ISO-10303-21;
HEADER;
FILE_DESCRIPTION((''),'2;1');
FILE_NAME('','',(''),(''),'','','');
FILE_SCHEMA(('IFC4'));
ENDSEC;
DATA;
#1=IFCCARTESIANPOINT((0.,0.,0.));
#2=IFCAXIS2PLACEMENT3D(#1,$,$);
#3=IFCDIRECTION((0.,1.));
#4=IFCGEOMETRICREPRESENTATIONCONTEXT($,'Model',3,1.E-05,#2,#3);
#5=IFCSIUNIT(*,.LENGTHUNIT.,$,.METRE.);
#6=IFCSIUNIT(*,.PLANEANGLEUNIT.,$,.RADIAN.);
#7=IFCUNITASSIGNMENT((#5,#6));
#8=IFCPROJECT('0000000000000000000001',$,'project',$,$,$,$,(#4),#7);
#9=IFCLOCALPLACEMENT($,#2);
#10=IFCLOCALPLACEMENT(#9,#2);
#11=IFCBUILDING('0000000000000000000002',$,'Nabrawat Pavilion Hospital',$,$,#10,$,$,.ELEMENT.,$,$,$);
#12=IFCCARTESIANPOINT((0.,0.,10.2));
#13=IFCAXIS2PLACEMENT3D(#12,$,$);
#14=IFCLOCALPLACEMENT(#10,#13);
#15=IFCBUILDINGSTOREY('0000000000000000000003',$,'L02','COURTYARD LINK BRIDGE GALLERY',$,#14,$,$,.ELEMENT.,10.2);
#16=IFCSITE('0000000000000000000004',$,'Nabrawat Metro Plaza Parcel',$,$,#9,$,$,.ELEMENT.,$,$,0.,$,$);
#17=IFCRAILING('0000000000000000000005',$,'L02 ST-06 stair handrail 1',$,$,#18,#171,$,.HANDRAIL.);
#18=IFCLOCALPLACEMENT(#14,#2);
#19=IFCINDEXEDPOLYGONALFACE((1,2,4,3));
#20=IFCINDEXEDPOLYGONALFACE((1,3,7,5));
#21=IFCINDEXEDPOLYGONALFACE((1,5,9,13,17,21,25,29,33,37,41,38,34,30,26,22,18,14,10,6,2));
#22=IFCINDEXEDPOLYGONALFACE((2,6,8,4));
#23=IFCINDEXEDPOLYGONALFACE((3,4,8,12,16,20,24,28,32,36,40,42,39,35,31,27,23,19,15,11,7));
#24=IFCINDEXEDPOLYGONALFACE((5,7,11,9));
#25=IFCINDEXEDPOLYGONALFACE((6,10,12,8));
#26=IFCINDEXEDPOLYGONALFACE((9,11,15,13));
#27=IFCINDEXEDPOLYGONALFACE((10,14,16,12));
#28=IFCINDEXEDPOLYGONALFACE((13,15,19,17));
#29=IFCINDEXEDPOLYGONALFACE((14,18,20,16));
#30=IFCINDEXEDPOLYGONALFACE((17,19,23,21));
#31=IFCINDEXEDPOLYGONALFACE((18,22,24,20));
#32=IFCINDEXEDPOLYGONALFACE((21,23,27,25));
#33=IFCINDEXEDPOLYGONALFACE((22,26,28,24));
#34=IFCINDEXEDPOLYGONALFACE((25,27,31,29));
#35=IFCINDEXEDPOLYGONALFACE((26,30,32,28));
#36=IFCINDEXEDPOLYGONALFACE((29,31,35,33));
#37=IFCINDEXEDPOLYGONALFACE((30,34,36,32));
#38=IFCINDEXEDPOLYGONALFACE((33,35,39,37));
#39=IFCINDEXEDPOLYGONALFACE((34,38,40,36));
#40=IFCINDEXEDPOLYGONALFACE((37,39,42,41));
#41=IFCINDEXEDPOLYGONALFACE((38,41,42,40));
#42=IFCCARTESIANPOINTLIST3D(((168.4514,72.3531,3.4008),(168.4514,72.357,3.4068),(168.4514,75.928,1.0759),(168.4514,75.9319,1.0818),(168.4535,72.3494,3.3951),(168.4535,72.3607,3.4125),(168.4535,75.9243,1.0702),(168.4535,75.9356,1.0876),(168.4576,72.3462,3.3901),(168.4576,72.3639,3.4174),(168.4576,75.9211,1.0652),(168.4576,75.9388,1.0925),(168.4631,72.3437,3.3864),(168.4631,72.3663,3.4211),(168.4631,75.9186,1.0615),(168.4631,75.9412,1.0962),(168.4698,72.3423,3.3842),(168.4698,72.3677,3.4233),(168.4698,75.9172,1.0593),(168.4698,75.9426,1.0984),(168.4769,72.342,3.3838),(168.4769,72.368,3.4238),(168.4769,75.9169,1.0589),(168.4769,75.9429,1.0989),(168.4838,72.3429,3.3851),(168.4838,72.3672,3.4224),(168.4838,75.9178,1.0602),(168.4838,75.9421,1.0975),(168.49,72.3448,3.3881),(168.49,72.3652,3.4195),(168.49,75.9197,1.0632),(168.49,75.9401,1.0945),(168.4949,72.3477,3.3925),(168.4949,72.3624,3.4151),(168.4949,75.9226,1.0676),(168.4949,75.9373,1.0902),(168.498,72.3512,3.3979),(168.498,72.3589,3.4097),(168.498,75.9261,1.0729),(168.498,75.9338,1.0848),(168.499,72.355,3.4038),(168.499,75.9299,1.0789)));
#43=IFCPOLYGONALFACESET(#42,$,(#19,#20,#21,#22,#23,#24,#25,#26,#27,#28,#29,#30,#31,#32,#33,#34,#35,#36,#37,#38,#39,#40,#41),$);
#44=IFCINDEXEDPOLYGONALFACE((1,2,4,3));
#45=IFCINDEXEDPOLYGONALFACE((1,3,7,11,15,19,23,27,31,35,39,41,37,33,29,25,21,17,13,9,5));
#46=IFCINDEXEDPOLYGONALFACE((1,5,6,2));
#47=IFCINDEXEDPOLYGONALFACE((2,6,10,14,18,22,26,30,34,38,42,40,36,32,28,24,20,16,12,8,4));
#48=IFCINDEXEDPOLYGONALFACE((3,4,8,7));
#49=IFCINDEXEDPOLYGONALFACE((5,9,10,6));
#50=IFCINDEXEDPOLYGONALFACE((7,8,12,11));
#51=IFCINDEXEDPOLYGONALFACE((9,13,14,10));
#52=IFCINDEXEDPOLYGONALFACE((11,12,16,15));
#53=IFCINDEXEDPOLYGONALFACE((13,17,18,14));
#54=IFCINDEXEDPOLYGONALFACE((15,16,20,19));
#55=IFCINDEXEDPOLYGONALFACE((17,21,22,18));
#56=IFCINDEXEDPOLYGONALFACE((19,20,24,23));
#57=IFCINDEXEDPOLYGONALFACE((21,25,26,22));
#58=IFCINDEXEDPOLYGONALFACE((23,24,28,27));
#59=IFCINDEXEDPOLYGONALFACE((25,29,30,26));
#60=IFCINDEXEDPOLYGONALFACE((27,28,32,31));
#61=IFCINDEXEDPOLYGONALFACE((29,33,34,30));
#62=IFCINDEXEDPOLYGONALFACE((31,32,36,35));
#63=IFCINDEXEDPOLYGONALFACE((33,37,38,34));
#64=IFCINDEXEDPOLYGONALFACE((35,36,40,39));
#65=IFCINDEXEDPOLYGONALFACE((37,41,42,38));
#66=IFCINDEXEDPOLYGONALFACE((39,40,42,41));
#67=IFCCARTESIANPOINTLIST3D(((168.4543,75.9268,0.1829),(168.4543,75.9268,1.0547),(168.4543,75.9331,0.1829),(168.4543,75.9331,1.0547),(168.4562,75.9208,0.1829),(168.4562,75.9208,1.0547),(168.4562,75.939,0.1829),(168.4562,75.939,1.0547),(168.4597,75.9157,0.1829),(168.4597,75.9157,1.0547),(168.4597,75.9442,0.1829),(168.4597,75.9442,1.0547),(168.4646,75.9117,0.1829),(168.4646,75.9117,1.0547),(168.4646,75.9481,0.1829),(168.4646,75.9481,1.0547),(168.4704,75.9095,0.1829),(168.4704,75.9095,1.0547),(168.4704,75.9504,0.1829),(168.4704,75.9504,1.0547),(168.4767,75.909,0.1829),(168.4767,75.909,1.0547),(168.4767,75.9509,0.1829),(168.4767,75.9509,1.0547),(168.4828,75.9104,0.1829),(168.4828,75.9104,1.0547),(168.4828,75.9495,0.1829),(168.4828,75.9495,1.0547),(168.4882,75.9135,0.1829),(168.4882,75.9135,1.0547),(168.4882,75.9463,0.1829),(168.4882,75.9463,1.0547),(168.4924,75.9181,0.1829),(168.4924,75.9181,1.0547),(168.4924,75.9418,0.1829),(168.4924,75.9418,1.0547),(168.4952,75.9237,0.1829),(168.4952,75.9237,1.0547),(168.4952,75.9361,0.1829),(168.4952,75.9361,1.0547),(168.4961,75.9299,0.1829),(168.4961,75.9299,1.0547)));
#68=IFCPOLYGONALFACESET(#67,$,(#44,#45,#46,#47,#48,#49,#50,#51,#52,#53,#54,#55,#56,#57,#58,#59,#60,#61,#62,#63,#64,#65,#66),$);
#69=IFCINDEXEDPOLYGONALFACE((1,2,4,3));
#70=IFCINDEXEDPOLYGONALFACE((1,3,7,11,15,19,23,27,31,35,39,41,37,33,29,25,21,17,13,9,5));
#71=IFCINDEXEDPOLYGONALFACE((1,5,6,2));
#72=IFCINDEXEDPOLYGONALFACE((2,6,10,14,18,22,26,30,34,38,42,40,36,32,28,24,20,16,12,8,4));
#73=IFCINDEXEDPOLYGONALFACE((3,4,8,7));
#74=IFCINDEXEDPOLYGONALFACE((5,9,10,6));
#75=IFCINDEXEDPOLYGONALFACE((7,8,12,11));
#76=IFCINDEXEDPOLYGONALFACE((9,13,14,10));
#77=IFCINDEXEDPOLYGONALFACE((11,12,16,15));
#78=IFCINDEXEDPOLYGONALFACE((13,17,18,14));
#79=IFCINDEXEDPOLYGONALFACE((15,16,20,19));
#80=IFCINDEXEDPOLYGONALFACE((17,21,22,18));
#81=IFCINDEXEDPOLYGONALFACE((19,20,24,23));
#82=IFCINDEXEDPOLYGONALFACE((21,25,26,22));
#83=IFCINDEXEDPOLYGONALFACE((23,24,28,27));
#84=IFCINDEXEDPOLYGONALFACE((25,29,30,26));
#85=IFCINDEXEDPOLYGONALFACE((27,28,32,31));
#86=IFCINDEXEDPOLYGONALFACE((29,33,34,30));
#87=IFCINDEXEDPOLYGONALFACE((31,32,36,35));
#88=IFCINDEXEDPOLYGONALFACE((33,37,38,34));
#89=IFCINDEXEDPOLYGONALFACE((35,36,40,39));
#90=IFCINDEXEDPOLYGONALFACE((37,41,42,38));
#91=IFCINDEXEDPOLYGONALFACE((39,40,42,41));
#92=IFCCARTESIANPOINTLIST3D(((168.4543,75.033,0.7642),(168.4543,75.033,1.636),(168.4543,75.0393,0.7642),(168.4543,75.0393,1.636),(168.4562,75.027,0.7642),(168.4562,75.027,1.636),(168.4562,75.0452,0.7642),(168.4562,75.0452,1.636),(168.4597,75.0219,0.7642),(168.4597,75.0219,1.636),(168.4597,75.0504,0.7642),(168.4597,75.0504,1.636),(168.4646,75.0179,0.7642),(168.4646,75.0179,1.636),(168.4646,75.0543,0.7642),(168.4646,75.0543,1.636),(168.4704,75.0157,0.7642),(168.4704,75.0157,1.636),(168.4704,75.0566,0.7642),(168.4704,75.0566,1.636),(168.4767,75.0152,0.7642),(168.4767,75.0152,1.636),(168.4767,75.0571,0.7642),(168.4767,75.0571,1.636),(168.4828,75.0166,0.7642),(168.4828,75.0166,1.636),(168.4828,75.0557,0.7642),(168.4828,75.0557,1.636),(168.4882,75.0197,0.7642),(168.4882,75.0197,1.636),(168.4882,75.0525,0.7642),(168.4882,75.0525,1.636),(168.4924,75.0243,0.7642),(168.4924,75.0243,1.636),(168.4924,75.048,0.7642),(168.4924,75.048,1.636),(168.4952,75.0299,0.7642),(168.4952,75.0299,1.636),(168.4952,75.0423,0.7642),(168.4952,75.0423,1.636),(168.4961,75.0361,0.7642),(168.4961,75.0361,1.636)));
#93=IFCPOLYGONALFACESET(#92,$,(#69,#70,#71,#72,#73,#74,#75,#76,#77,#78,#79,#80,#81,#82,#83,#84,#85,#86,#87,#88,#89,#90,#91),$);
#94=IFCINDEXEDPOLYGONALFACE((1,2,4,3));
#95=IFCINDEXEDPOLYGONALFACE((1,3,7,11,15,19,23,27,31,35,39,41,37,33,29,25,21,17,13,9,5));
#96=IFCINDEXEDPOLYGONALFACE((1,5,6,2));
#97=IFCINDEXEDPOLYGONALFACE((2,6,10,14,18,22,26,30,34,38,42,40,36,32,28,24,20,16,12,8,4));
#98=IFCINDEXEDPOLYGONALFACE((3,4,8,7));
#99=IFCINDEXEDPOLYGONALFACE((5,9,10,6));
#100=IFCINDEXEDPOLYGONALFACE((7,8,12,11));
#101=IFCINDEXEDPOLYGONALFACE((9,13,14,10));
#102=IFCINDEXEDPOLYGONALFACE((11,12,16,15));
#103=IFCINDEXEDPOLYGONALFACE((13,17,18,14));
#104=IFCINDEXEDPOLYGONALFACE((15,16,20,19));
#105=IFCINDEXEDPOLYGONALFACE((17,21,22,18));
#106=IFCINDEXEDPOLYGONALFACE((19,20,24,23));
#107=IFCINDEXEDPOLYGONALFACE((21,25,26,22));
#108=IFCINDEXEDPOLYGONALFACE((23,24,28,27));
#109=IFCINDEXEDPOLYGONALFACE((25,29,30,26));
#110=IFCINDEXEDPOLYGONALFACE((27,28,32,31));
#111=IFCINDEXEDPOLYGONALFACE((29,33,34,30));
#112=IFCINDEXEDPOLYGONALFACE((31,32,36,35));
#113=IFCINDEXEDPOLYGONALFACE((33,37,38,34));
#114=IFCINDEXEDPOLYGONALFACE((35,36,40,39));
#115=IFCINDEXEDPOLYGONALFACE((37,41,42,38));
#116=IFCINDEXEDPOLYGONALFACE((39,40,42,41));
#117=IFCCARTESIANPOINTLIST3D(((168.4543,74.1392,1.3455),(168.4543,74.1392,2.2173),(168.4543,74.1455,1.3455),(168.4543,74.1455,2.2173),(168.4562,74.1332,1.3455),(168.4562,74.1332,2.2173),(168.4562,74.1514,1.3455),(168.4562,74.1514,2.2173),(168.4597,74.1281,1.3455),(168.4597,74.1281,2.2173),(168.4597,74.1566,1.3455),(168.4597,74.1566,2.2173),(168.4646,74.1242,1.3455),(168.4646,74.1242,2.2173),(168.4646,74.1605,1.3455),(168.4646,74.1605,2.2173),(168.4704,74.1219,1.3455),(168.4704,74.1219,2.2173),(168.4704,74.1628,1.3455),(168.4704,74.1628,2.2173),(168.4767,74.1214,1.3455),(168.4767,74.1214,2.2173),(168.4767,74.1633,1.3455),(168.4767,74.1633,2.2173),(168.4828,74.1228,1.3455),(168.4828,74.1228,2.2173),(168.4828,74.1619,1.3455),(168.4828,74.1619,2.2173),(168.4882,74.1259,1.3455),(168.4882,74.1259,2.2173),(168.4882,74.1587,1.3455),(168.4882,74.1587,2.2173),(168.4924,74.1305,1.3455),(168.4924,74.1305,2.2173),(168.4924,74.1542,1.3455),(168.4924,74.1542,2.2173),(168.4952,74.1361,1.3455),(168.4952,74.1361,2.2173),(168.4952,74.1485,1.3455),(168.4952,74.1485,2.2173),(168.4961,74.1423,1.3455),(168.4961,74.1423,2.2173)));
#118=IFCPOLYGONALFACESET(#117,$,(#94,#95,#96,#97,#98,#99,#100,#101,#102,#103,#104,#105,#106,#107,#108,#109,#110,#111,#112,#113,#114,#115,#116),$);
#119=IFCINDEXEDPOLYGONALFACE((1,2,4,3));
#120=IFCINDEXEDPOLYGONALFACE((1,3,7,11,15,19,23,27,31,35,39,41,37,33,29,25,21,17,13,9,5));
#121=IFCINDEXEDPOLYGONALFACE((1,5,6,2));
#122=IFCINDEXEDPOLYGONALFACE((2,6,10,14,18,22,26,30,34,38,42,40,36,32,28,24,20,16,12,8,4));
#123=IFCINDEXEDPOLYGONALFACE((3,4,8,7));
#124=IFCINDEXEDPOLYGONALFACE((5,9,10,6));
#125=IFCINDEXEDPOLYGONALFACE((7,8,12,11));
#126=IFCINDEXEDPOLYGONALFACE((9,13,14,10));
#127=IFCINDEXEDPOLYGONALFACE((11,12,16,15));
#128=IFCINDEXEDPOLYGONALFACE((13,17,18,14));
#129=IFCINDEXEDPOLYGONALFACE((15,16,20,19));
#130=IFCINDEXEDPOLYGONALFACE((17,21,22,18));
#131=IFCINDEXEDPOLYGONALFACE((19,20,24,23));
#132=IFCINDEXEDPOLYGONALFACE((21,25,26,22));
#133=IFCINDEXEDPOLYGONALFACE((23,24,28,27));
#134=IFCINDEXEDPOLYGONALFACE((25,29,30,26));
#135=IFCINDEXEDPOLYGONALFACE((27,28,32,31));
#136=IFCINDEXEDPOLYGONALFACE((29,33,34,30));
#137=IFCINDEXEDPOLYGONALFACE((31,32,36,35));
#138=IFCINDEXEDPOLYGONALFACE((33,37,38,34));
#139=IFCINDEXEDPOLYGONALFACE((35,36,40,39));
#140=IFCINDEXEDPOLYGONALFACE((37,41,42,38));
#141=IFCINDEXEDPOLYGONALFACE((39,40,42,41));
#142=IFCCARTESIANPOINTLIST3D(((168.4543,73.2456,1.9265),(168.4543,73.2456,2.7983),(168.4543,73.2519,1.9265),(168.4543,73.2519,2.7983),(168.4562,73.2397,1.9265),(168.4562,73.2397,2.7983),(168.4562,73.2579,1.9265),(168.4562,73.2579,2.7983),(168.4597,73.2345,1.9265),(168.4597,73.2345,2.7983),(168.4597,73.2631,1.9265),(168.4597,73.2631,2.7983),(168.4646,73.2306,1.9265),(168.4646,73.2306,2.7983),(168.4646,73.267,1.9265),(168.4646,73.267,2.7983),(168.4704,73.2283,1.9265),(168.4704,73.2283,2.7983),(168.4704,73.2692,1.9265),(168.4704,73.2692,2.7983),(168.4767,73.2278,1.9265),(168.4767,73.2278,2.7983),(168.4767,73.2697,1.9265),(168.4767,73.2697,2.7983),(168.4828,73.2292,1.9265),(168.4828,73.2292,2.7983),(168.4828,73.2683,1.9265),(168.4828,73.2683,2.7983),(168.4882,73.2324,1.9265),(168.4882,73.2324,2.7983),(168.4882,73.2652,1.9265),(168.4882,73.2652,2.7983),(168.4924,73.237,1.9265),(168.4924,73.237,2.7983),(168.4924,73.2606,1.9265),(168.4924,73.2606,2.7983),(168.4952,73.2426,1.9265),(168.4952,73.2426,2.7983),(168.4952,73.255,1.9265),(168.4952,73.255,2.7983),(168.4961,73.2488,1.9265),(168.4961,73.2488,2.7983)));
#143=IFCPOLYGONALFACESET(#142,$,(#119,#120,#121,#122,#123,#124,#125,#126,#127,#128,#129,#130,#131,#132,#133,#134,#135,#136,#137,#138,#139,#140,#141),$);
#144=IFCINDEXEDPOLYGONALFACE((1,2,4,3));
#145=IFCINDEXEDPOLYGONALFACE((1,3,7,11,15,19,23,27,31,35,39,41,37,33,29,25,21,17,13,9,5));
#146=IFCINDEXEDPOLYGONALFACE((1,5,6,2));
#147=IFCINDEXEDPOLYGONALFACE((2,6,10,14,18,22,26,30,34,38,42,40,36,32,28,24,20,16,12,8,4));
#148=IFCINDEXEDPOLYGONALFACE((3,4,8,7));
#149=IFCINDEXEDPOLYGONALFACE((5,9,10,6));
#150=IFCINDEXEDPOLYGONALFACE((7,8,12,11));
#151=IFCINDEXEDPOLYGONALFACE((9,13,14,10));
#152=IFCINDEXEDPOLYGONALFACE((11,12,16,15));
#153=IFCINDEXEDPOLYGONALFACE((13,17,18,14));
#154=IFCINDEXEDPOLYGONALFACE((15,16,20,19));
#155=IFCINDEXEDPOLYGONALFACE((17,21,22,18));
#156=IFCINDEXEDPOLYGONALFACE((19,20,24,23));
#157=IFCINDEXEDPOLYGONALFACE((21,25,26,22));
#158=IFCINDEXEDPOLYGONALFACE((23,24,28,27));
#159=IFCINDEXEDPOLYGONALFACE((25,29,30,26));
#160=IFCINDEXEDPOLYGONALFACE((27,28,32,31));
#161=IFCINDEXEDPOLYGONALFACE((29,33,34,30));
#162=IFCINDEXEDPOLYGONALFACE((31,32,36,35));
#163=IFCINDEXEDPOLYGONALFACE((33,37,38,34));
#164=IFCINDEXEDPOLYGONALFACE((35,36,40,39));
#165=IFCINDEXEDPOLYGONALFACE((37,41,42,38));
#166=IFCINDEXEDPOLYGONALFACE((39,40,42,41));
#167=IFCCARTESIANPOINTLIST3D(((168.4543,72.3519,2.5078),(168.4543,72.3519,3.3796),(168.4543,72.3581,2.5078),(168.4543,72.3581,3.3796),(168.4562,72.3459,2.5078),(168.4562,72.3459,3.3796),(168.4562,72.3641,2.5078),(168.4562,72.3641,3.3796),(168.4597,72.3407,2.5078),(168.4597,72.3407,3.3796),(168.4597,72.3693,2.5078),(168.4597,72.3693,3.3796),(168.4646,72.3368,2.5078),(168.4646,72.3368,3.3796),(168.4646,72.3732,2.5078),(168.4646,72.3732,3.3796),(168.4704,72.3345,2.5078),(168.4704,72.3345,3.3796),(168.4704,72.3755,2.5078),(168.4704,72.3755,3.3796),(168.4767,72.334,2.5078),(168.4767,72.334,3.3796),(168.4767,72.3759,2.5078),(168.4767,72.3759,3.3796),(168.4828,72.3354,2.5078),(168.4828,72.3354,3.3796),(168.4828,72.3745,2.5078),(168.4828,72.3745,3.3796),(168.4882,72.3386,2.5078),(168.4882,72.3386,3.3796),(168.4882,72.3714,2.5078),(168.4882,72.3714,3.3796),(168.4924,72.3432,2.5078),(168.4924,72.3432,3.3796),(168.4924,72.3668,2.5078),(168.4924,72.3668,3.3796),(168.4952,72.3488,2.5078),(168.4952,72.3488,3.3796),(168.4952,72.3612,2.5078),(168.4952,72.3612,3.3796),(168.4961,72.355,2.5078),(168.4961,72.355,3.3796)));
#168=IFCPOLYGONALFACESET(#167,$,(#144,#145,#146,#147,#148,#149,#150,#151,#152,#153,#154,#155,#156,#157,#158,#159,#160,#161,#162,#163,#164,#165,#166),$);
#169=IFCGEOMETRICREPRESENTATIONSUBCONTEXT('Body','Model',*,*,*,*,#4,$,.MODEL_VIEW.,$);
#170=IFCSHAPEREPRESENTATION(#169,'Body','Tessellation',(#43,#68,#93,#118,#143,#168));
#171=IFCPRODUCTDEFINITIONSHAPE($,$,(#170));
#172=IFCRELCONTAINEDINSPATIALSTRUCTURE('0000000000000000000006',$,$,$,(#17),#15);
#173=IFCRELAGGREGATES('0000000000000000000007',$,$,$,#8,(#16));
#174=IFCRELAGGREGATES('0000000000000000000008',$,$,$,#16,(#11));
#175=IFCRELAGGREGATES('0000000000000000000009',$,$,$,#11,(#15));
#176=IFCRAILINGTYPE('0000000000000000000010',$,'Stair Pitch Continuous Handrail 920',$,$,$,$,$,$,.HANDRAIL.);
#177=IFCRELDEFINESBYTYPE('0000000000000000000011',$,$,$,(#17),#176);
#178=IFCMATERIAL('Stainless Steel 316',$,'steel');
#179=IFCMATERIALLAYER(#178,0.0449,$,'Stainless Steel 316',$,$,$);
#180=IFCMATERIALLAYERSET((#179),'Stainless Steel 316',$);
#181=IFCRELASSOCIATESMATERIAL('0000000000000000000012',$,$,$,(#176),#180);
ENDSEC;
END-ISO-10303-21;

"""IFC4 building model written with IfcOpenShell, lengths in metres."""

from ifc_helpers import new_model, si_unit, direction, frame, origin, origin_2d, place, context, subcontext, project, spatial, circle, extrude, material, layer, layer_set, type_object, element, save


model = new_model("IFC4")

# Units and contexts
model_context = context("Model", 3, precision=1e-05, world=origin(), true_north=direction((0.0, 1.0)))
body_context = subcontext(model_context, "Body", "Model", "MODEL_VIEW")
ifc_project = project(units=[si_unit("LENGTHUNIT", "METRE"), si_unit("PLANEANGLEUNIT", "RADIAN")], contexts=[model_context])

# Site, building, storey
site_placement = place(None, origin())
site = spatial("IfcSite", under=ifc_project, at=site_placement, Name="Nabrawat Metro Plaza Parcel", CompositionType="ELEMENT", RefElevation=0.0)
building_placement = place(site_placement, origin())
building = spatial("IfcBuilding", under=site, at=building_placement, Name="Nabrawat Pavilion Hospital", CompositionType="ELEMENT")
storey_placement = place(building_placement, frame((0.0, 0.0, 10.2)))
storey = spatial("IfcBuildingStorey", under=building, at=storey_placement, Name="L02", Description="COURTYARD LINK BRIDGE GALLERY", CompositionType="ELEMENT", Elevation=10.2)

# Railing
ifc_material_1 = material(Name="Stainless Steel 316", Category="steel")
ifc_layer_1 = layer(ifc_material_1, 0.0449, Name="Stainless Steel 316")
ifc_layer_set_1 = layer_set([ifc_layer_1], Name="Stainless Steel 316")
railing_type_1 = type_object("IfcRailingType", Name="Stair Pitch Continuous Handrail 920", PredefinedType="HANDRAIL", material=ifc_layer_set_1)
railing_1_placement = place(storey_placement, frame((168.4751, 75.9299, 0.1829)))
element("IfcRailing", 1, at=railing_1_placement, inside=storey, type_object=railing_type_1, Name="L02 ST-06 stair handrail 1", PredefinedType="HANDRAIL", context=body_context, shape_type="SweptSolid", body=[
    extrude(circle(Radius=0.0239, at=origin_2d()), frame((0.0, 0.0, 0.896), z_axis=(0.0, -0.838311, 0.545192), x_axis=(1.0, 0.0, 0.0)), (0.0, 0.0, 1.0), 4.2644),
    extrude(circle(Radius=0.021, at=origin_2d()), origin(), (0.0, 0.0, 1.0), 0.8718),
    extrude(circle(Radius=0.021, at=origin_2d()), frame((0.0, -0.8938, 0.5813)), (0.0, 0.0, 1.0), 0.8718),
    extrude(circle(Radius=0.021, at=origin_2d()), frame((0.0, -1.7876, 1.1626)), (0.0, 0.0, 1.0), 0.8718),
    extrude(circle(Radius=0.021, at=origin_2d()), frame((0.0, -2.6812, 1.7437)), (0.0, 0.0, 1.0), 0.8718),
    extrude(circle(Radius=0.021, at=origin_2d()), frame((0.0, -3.575, 2.325)), (0.0, 0.0, 1.0), 0.8718),
])

save(model, "model.ifc")
